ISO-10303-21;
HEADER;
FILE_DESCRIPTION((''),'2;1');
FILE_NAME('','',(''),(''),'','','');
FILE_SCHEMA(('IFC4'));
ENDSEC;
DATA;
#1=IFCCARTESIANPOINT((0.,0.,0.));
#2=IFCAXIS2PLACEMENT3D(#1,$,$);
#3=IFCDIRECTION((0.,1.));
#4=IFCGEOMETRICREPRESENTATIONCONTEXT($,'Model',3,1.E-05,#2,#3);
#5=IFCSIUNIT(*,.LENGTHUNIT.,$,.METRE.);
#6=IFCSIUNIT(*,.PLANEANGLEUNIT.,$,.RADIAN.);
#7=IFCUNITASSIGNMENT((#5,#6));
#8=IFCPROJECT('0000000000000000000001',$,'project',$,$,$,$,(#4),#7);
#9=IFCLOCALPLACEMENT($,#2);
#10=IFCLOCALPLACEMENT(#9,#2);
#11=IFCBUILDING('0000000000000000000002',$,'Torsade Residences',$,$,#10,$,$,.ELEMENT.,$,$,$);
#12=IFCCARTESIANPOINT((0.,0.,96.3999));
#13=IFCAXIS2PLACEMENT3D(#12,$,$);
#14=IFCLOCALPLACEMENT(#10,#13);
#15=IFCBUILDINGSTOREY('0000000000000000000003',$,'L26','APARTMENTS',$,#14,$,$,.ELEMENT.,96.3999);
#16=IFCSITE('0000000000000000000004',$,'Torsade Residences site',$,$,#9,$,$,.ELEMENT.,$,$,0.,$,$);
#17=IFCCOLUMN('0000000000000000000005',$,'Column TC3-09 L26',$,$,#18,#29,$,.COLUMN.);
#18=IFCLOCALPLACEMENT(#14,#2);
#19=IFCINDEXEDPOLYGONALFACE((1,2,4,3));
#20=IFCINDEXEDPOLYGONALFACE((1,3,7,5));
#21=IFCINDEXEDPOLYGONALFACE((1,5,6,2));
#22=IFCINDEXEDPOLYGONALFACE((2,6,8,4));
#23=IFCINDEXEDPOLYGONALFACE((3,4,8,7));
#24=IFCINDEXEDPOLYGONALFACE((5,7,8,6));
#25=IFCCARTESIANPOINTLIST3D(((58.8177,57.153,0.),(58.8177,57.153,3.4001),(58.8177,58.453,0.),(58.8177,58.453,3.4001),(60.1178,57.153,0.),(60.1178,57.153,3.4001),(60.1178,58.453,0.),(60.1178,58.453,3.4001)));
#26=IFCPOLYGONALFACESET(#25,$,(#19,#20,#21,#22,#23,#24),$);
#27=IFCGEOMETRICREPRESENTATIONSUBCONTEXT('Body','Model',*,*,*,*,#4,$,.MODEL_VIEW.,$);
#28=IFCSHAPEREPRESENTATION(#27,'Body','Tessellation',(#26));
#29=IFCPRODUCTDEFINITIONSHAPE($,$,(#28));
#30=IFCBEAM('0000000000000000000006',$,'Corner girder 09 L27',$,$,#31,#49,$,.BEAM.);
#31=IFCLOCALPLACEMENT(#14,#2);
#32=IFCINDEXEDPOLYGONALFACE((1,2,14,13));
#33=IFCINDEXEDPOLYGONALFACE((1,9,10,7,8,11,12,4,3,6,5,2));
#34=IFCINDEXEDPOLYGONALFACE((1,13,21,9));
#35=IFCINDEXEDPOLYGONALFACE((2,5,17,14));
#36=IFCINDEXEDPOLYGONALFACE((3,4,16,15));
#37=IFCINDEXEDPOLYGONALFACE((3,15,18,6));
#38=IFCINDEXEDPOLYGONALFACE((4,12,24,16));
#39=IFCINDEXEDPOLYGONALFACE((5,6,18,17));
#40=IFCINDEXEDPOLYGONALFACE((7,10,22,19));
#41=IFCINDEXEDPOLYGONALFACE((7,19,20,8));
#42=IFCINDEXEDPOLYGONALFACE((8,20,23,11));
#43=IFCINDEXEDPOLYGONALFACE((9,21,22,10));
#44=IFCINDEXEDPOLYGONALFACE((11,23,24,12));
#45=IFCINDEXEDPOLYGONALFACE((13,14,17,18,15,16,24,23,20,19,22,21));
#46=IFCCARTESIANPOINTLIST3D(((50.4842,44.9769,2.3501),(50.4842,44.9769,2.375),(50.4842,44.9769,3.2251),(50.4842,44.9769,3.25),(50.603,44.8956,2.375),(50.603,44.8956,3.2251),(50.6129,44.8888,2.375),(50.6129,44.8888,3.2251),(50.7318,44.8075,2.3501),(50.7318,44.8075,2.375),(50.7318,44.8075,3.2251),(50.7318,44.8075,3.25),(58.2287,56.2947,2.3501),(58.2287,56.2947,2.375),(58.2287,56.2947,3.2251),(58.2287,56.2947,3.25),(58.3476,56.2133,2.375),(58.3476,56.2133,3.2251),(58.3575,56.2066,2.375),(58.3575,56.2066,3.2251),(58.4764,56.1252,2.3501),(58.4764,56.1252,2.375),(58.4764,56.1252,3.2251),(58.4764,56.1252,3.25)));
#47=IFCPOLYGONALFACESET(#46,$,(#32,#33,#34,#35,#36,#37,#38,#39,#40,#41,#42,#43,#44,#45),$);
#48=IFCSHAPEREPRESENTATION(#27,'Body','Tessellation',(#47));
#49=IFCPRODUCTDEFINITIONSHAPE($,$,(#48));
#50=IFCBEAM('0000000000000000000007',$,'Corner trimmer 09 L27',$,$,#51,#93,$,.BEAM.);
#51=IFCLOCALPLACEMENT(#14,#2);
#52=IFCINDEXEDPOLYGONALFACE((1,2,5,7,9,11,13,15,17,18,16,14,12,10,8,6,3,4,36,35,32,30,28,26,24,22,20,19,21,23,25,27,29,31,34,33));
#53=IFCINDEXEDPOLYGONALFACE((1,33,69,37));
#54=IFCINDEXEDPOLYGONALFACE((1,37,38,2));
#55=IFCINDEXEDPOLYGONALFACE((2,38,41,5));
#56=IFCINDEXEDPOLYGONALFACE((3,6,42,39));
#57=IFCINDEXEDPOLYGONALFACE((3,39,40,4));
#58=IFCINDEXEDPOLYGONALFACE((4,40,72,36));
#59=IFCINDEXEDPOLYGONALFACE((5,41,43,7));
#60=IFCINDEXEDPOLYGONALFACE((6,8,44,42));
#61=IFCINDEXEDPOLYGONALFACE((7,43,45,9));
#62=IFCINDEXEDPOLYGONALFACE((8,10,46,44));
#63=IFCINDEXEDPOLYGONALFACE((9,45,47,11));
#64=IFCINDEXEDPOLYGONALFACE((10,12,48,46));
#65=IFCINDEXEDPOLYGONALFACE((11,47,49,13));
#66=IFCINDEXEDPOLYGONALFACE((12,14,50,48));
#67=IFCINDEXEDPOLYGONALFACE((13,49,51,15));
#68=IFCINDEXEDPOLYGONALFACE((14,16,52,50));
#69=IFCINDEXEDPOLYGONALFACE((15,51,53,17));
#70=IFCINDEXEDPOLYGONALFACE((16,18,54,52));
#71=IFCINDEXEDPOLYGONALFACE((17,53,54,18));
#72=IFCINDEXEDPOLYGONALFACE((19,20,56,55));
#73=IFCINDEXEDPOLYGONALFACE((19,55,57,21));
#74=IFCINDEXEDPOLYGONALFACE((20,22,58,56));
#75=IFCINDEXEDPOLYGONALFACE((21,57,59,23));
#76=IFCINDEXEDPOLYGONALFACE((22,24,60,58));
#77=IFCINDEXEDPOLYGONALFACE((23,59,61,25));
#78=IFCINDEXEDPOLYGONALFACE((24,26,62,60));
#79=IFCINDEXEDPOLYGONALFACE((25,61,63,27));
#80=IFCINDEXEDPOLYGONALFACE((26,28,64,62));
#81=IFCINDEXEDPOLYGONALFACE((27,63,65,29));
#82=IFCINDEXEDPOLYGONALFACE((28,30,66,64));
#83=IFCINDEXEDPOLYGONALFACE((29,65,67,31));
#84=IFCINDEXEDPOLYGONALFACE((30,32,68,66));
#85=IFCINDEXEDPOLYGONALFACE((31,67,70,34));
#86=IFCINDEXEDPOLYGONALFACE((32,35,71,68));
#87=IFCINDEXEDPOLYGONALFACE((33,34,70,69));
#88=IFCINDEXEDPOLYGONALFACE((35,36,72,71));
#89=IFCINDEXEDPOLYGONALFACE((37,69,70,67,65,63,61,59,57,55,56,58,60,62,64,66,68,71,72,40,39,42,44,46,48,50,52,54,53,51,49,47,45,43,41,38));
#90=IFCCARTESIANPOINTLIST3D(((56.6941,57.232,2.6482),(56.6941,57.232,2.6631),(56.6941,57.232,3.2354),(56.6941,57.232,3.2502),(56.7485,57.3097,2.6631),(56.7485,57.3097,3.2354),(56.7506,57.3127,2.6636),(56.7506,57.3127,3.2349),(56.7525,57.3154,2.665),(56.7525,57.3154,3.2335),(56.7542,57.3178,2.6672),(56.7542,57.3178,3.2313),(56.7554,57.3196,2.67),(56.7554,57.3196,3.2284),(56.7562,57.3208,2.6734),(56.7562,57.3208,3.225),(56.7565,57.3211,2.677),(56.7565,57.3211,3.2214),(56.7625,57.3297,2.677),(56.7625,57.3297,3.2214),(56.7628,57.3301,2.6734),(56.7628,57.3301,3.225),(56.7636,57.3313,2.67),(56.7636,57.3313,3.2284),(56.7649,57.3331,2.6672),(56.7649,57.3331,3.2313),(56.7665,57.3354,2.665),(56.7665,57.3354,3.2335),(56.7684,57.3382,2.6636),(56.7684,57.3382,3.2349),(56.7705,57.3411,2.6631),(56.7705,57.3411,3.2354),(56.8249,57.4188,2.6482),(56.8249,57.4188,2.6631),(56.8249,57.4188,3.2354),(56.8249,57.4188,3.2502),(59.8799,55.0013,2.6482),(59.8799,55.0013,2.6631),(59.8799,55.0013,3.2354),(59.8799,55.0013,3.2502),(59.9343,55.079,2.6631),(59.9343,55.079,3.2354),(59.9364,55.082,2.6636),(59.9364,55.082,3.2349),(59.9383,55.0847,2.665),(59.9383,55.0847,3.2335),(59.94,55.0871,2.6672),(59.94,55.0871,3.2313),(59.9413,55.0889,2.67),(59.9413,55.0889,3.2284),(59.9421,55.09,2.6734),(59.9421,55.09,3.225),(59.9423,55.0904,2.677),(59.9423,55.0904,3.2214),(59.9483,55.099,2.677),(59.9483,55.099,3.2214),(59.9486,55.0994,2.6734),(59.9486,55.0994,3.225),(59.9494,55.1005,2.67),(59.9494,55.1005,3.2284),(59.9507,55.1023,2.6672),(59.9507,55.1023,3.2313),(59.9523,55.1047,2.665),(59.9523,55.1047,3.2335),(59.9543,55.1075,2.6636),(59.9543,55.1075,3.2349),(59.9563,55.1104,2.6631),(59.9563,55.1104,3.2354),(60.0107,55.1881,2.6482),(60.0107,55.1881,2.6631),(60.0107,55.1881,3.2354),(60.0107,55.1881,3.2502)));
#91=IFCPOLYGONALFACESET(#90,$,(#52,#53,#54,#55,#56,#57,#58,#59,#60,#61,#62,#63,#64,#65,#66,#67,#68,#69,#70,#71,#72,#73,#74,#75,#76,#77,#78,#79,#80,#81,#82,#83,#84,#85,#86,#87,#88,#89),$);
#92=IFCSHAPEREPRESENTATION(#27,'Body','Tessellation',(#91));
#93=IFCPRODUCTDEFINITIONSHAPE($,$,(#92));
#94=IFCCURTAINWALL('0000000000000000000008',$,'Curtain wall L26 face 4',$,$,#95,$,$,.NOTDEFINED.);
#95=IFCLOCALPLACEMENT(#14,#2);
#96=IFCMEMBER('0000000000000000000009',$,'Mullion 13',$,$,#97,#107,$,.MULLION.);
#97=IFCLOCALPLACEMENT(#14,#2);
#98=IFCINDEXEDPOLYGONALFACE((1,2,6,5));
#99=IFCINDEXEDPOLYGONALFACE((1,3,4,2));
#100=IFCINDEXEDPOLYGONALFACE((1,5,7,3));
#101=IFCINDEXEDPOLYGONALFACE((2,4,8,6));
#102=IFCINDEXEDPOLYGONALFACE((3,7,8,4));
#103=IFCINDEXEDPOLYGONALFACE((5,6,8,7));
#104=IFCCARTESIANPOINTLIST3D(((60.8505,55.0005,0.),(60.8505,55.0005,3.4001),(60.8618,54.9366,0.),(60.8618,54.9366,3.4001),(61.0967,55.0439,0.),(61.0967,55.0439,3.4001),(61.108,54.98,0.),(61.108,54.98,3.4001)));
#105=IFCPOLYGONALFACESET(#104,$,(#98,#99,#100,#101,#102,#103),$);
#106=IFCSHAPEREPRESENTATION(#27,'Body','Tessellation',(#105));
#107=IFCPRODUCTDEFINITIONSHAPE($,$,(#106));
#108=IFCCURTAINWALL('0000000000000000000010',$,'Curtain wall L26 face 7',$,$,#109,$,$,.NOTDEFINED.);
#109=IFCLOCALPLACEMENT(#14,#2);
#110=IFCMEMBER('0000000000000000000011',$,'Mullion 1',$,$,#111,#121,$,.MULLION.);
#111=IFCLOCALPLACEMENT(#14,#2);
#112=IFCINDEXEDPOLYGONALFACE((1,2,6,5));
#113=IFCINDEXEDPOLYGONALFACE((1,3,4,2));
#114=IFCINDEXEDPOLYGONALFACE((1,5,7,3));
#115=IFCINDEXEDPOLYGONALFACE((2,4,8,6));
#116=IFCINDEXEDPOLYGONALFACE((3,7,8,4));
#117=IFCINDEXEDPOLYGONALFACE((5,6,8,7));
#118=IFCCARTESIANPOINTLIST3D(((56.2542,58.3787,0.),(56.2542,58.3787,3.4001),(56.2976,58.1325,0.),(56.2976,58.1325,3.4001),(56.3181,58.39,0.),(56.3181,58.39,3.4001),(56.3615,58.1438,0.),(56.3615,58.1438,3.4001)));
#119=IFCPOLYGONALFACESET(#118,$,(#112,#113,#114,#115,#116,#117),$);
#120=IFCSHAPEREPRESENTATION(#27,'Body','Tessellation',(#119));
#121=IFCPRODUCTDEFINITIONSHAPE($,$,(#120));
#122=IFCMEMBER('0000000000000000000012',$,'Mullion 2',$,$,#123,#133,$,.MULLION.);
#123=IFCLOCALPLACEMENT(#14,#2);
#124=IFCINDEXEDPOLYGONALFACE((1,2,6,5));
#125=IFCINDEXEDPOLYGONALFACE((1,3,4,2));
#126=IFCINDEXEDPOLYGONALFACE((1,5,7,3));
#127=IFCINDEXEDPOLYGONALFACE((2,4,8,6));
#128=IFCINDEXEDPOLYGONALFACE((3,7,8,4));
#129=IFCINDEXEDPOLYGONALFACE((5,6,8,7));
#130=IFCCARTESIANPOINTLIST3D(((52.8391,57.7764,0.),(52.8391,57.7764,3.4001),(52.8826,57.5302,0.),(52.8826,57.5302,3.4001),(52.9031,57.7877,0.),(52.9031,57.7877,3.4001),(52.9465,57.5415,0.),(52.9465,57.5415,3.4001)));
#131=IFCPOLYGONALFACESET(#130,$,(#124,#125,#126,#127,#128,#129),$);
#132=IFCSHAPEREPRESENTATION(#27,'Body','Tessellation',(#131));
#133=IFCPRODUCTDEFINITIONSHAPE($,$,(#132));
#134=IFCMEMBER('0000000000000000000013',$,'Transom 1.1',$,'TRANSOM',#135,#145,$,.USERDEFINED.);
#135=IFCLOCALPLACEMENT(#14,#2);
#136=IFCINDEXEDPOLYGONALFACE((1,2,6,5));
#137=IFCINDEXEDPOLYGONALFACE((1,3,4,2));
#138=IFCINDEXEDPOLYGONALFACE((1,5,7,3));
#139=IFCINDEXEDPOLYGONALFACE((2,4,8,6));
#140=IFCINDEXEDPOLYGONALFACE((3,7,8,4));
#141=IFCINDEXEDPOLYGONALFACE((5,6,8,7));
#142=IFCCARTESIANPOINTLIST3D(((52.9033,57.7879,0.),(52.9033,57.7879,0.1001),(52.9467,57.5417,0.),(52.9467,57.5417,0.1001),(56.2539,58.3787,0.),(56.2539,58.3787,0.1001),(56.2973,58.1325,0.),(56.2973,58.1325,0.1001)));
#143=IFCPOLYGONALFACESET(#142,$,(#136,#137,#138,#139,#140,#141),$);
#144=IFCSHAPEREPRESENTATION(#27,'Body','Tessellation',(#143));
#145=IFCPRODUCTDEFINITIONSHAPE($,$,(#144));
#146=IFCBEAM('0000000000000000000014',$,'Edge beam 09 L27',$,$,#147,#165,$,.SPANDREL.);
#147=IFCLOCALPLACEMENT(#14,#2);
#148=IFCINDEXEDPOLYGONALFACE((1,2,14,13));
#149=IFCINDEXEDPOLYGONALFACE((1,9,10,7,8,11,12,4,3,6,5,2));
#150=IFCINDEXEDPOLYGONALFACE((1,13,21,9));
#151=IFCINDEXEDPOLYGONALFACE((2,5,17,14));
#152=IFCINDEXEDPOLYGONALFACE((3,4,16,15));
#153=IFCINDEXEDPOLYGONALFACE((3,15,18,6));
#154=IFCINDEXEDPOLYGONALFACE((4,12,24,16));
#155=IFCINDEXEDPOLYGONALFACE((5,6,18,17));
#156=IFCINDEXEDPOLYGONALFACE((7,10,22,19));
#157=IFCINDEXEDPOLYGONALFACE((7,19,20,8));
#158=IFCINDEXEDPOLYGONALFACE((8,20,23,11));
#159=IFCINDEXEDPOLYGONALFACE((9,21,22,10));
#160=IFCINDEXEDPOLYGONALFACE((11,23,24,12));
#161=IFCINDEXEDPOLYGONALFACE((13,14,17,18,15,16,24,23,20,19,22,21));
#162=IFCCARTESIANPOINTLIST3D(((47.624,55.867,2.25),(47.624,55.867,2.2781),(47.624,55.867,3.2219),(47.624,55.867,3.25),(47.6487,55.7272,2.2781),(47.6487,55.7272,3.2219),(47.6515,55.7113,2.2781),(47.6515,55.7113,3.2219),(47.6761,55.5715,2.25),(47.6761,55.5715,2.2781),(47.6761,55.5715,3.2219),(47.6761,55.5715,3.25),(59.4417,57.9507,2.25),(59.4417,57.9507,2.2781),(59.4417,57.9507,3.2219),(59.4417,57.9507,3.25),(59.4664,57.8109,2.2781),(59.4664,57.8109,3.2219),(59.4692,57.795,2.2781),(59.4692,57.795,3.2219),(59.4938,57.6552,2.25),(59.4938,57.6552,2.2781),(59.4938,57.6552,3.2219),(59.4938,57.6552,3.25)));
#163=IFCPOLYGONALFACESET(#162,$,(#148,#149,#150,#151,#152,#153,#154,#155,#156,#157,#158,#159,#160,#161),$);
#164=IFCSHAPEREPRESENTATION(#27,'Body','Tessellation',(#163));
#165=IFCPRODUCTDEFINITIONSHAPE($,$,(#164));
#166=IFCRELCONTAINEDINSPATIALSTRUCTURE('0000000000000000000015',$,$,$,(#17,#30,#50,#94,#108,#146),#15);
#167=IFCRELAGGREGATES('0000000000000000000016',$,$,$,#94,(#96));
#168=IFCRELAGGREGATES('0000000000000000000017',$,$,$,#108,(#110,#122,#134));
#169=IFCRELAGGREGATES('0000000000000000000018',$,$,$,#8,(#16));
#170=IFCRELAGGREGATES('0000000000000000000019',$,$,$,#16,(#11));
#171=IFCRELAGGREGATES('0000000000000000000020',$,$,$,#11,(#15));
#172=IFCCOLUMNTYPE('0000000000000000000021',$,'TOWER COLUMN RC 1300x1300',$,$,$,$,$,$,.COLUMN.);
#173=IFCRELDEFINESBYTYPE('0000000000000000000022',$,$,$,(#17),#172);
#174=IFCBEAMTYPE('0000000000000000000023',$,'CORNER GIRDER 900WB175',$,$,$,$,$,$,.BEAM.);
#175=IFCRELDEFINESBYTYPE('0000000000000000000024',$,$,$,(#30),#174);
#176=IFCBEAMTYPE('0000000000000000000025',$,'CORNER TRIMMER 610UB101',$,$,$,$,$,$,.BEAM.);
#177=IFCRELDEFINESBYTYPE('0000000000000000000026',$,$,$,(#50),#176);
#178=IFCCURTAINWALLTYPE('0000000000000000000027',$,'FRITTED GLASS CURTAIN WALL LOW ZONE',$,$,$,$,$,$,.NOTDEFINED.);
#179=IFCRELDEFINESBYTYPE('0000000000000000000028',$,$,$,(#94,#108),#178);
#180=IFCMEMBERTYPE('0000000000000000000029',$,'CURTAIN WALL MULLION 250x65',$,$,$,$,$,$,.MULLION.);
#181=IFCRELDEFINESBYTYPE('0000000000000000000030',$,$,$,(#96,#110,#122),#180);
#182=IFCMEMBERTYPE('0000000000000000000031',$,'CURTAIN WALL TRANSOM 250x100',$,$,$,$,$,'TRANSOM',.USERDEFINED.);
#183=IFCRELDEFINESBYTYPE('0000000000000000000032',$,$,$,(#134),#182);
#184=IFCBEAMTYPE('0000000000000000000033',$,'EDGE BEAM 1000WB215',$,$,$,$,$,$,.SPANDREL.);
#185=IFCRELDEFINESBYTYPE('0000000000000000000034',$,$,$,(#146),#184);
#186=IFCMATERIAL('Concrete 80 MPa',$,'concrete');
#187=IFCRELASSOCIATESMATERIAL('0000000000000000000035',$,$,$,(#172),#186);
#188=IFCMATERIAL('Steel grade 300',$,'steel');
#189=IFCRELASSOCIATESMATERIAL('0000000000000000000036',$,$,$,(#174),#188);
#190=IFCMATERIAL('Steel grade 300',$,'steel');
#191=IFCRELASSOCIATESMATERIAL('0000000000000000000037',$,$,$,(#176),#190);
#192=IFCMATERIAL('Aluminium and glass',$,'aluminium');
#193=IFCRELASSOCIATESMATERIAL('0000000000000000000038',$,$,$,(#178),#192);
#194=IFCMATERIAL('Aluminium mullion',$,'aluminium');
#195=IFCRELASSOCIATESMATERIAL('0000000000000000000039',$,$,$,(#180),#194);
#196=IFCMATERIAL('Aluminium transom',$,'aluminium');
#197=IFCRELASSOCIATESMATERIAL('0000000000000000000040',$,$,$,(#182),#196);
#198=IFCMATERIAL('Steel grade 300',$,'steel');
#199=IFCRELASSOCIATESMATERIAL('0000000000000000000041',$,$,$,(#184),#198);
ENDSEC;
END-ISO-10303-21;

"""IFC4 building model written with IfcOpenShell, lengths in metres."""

from ifc_helpers import new_model, si_unit, direction, frame, origin, origin_2d, place, context, subcontext, project, spatial, rectangle, i_section, extrude, material, material_profile, profile_set, type_object, element, aggregate, save


model = new_model("IFC4")

# Units and contexts
model_context = context("Model", 3, precision=1e-05, world=origin(), true_north=direction((0.0, 1.0)))
body_context = subcontext(model_context, "Body", "Model", "MODEL_VIEW")
ifc_project = project(units=[si_unit("LENGTHUNIT", "METRE"), si_unit("PLANEANGLEUNIT", "RADIAN")], contexts=[model_context])

# Site, building, storey
site_placement = place(None, origin())
site = spatial("IfcSite", under=ifc_project, at=site_placement, Name="Torsade Residences site", CompositionType="ELEMENT", RefElevation=0.0)
building_placement = place(site_placement, origin())
building = spatial("IfcBuilding", under=site, at=building_placement, Name="Torsade Residences", CompositionType="ELEMENT")
storey_placement = place(building_placement, frame((0.0, 0.0, 96.3999)))
storey = spatial("IfcBuildingStorey", under=building, at=storey_placement, Name="L26", Description="APARTMENTS", CompositionType="ELEMENT", Elevation=96.3999)

# Column
ifc_material_1 = material(Name="Concrete 80 MPa", Category="concrete")
ifc_material_profile_1 = material_profile(ifc_material_1, rectangle(XDim=1.3, YDim=1.3, at=origin_2d()), Name="RC 1300x1300")
ifc_profile_set_1 = profile_set([ifc_material_profile_1], Name="Concrete 80 MPa")
column_type = type_object("IfcColumnType", Name="TOWER COLUMN RC 1300x1300", PredefinedType="COLUMN", material=ifc_profile_set_1)
column_placement = place(storey_placement, frame((59.4678, 57.803, 0.0), z_axis=(0.0, 0.0, 1.0), x_axis=(1.0, 0.0, 0.0)))
element("IfcColumn", 1, at=column_placement, inside=storey, type_object=column_type, Name="Column TC3-09 L26", PredefinedType="COLUMN", context=body_context, shape_type="SweptSolid", body=[
    extrude(rectangle(XDim=1.3, YDim=1.3, at=origin_2d()), origin(), (0.0, 0.0, 1.0), 3.4001),
])

# Beams
ifc_material_2 = material(Name="Steel grade 300", Category="steel")
ifc_material_profile_2 = material_profile(ifc_material_2, i_section(OverallWidth=0.3, OverallDepth=0.8999, WebThickness=0.012, FlangeThickness=0.0249, at=origin_2d()), Name="900WB175")
ifc_profile_set_2 = profile_set([ifc_material_profile_2], Name="Steel grade 300")
beam_type_1 = type_object("IfcBeamType", Name="CORNER GIRDER 900WB175", PredefinedType="BEAM", material=ifc_profile_set_2)
beam_1_placement = place(storey_placement, frame((58.3525, 56.21, 2.8), z_axis=(-0.564725, -0.825279, 0.0), x_axis=(0.825279, -0.564725, 0.0)))
element("IfcBeam", 2, at=beam_1_placement, inside=storey, type_object=beam_type_1, Name="Corner girder 09 L27", PredefinedType="BEAM", context=body_context, shape_type="SweptSolid", body=[
    extrude(i_section(OverallWidth=0.3, OverallDepth=0.8999, WebThickness=0.012, FlangeThickness=0.0249, at=origin_2d()), origin(), (0.0, 0.0, 1.0), 13.7139),
])
ifc_material_3 = material(Name="Steel grade 300", Category="steel")
ifc_material_profile_3 = material_profile(ifc_material_3, i_section(OverallWidth=0.228, OverallDepth=0.6021, WebThickness=0.0105, FlangeThickness=0.0149, FilletRadius=0.0139, at=origin_2d()), Name="610UB101")
ifc_profile_set_3 = profile_set([ifc_material_profile_3], Name="Steel grade 300")
beam_type_2 = type_object("IfcBeamType", Name="CORNER TRIMMER 610UB101", PredefinedType="BEAM", material=ifc_profile_set_3)
beam_2_placement = place(storey_placement, frame((56.7595, 57.3254, 2.9492), z_axis=(0.819152, -0.573576, 0.0), x_axis=(0.573576, 0.819152, 0.0)))
element("IfcBeam", 3, at=beam_2_placement, inside=storey, type_object=beam_type_2, Name="Corner trimmer 09 L27", PredefinedType="BEAM", context=body_context, shape_type="SweptSolid", body=[
    extrude(i_section(OverallWidth=0.228, OverallDepth=0.6021, WebThickness=0.0105, FlangeThickness=0.0149, FilletRadius=0.0139, at=origin_2d()), origin(), (0.0, 0.0, 1.0), 3.8892),
])

# Curtain wall, member
ifc_material_4 = material(Name="Aluminium and glass", Category="aluminium")
curtain_wall_type = type_object("IfcCurtainWallType", Name="FRITTED GLASS CURTAIN WALL LOW ZONE", PredefinedType="NOTDEFINED", material=ifc_material_4)
curtain_wall_1_placement = place(storey_placement, origin())
curtain_wall_1 = element("IfcCurtainWall", 4, at=curtain_wall_1_placement, inside=storey, type_object=curtain_wall_type, Name="Curtain wall L26 face 4", PredefinedType="NOTDEFINED")
ifc_material_5 = material(Name="Aluminium mullion", Category="aluminium")
ifc_material_profile_4 = material_profile(ifc_material_5, rectangle(XDim=0.25, YDim=0.0649, at=origin_2d()), Name="CURTAIN WALL MULLION 250x65")
ifc_profile_set_4 = profile_set([ifc_material_profile_4], Name="Aluminium mullion")
member_type_1 = type_object("IfcMemberType", Name="CURTAIN WALL MULLION 250x65", PredefinedType="MULLION", material=ifc_profile_set_4)
member_1_placement = place(storey_placement, frame((60.9792, 54.9902, 0.0), z_axis=(0.0, 0.0, 1.0), x_axis=(-0.984808, -0.173648, 0.0)))
member_1 = element("IfcMember", 5, at=member_1_placement, type_object=member_type_1, Name="Mullion 13", PredefinedType="MULLION", context=body_context, shape_type="SweptSolid", body=[
    extrude(rectangle(XDim=0.25, YDim=0.0649, at=origin_2d()), origin(), (0.0, 0.0, 1.0), 3.4001),
])
aggregate(curtain_wall_1, [member_1])

# Curtain wall, members
curtain_wall_2_placement = place(storey_placement, origin())
curtain_wall_2 = element("IfcCurtainWall", 6, at=curtain_wall_2_placement, inside=storey, type_object=curtain_wall_type, Name="Curtain wall L26 face 7", PredefinedType="NOTDEFINED")
member_2_placement = place(storey_placement, frame((56.3079, 58.2612, 0.0), z_axis=(0.0, 0.0, 1.0), x_axis=(0.173648, -0.984808, 0.0)))
member_2 = element("IfcMember", 7, at=member_2_placement, type_object=member_type_1, Name="Mullion 1", PredefinedType="MULLION", context=body_context, shape_type="SweptSolid", body=[
    extrude(rectangle(XDim=0.25, YDim=0.0649, at=origin_2d()), origin(), (0.0, 0.0, 1.0), 3.4001),
])
member_3_placement = place(storey_placement, frame((52.8928, 57.6589, 0.0), z_axis=(0.0, 0.0, 1.0), x_axis=(0.173648, -0.984808, 0.0)))
member_3 = element("IfcMember", 8, at=member_3_placement, type_object=member_type_1, Name="Mullion 2", PredefinedType="MULLION", context=body_context, shape_type="SweptSolid", body=[
    extrude(rectangle(XDim=0.25, YDim=0.0649, at=origin_2d()), origin(), (0.0, 0.0, 1.0), 3.4001),
])
ifc_material_6 = material(Name="Aluminium transom", Category="aluminium")
ifc_material_profile_5 = material_profile(ifc_material_6, rectangle(XDim=0.25, YDim=0.1001, at=origin_2d()), Name="CURTAIN WALL TRANSOM 250x100")
ifc_profile_set_5 = profile_set([ifc_material_profile_5], Name="Aluminium transom")
member_type_2 = type_object("IfcMemberType", Name="CURTAIN WALL TRANSOM 250x100", ElementType="TRANSOM", PredefinedType="USERDEFINED", material=ifc_profile_set_5)
member_4_placement = place(storey_placement, frame((56.2756, 58.2556, 0.05), z_axis=(-0.984807, -0.173654, 0.0), x_axis=(0.173654, -0.984807, 0.0)))
member_4 = element("IfcMember", 9, at=member_4_placement, type_object=member_type_2, Name="Transom 1.1", ObjectType="TRANSOM", PredefinedType="USERDEFINED", context=body_context, shape_type="SweptSolid", body=[
    extrude(rectangle(XDim=0.25, YDim=0.1001, at=origin_2d()), origin(), (0.0, 0.0, 1.0), 3.4023),
])

# Beam
ifc_material_7 = material(Name="Steel grade 300", Category="steel")
ifc_material_profile_6 = material_profile(ifc_material_7, i_section(OverallWidth=0.3, OverallDepth=1.0, WebThickness=0.0161, FlangeThickness=0.0281, at=origin_2d()), Name="1000WB215")
ifc_profile_set_6 = profile_set([ifc_material_profile_6], Name="Steel grade 300")
beam_type_3 = type_object("IfcBeamType", Name="EDGE BEAM 1000WB215", PredefinedType="SPANDREL", material=ifc_profile_set_6)
beam_3_placement = place(storey_placement, frame((59.4678, 57.803, 2.75), z_axis=(-0.984808, -0.173646, 0.0), x_axis=(0.173646, -0.984808, 0.0)))
element("IfcBeam", 10, at=beam_3_placement, inside=storey, type_object=beam_type_3, Name="Edge beam 09 L27", PredefinedType="SPANDREL", context=body_context, shape_type="SweptSolid", body=[
    extrude(i_section(OverallWidth=0.3, OverallDepth=1.0, WebThickness=0.0161, FlangeThickness=0.0281, at=origin_2d()), origin(), (0.0, 0.0, 1.0), 12.0),
])

aggregate(curtain_wall_2, [member_2, member_3, member_4])

save(model, "model.ifc")
